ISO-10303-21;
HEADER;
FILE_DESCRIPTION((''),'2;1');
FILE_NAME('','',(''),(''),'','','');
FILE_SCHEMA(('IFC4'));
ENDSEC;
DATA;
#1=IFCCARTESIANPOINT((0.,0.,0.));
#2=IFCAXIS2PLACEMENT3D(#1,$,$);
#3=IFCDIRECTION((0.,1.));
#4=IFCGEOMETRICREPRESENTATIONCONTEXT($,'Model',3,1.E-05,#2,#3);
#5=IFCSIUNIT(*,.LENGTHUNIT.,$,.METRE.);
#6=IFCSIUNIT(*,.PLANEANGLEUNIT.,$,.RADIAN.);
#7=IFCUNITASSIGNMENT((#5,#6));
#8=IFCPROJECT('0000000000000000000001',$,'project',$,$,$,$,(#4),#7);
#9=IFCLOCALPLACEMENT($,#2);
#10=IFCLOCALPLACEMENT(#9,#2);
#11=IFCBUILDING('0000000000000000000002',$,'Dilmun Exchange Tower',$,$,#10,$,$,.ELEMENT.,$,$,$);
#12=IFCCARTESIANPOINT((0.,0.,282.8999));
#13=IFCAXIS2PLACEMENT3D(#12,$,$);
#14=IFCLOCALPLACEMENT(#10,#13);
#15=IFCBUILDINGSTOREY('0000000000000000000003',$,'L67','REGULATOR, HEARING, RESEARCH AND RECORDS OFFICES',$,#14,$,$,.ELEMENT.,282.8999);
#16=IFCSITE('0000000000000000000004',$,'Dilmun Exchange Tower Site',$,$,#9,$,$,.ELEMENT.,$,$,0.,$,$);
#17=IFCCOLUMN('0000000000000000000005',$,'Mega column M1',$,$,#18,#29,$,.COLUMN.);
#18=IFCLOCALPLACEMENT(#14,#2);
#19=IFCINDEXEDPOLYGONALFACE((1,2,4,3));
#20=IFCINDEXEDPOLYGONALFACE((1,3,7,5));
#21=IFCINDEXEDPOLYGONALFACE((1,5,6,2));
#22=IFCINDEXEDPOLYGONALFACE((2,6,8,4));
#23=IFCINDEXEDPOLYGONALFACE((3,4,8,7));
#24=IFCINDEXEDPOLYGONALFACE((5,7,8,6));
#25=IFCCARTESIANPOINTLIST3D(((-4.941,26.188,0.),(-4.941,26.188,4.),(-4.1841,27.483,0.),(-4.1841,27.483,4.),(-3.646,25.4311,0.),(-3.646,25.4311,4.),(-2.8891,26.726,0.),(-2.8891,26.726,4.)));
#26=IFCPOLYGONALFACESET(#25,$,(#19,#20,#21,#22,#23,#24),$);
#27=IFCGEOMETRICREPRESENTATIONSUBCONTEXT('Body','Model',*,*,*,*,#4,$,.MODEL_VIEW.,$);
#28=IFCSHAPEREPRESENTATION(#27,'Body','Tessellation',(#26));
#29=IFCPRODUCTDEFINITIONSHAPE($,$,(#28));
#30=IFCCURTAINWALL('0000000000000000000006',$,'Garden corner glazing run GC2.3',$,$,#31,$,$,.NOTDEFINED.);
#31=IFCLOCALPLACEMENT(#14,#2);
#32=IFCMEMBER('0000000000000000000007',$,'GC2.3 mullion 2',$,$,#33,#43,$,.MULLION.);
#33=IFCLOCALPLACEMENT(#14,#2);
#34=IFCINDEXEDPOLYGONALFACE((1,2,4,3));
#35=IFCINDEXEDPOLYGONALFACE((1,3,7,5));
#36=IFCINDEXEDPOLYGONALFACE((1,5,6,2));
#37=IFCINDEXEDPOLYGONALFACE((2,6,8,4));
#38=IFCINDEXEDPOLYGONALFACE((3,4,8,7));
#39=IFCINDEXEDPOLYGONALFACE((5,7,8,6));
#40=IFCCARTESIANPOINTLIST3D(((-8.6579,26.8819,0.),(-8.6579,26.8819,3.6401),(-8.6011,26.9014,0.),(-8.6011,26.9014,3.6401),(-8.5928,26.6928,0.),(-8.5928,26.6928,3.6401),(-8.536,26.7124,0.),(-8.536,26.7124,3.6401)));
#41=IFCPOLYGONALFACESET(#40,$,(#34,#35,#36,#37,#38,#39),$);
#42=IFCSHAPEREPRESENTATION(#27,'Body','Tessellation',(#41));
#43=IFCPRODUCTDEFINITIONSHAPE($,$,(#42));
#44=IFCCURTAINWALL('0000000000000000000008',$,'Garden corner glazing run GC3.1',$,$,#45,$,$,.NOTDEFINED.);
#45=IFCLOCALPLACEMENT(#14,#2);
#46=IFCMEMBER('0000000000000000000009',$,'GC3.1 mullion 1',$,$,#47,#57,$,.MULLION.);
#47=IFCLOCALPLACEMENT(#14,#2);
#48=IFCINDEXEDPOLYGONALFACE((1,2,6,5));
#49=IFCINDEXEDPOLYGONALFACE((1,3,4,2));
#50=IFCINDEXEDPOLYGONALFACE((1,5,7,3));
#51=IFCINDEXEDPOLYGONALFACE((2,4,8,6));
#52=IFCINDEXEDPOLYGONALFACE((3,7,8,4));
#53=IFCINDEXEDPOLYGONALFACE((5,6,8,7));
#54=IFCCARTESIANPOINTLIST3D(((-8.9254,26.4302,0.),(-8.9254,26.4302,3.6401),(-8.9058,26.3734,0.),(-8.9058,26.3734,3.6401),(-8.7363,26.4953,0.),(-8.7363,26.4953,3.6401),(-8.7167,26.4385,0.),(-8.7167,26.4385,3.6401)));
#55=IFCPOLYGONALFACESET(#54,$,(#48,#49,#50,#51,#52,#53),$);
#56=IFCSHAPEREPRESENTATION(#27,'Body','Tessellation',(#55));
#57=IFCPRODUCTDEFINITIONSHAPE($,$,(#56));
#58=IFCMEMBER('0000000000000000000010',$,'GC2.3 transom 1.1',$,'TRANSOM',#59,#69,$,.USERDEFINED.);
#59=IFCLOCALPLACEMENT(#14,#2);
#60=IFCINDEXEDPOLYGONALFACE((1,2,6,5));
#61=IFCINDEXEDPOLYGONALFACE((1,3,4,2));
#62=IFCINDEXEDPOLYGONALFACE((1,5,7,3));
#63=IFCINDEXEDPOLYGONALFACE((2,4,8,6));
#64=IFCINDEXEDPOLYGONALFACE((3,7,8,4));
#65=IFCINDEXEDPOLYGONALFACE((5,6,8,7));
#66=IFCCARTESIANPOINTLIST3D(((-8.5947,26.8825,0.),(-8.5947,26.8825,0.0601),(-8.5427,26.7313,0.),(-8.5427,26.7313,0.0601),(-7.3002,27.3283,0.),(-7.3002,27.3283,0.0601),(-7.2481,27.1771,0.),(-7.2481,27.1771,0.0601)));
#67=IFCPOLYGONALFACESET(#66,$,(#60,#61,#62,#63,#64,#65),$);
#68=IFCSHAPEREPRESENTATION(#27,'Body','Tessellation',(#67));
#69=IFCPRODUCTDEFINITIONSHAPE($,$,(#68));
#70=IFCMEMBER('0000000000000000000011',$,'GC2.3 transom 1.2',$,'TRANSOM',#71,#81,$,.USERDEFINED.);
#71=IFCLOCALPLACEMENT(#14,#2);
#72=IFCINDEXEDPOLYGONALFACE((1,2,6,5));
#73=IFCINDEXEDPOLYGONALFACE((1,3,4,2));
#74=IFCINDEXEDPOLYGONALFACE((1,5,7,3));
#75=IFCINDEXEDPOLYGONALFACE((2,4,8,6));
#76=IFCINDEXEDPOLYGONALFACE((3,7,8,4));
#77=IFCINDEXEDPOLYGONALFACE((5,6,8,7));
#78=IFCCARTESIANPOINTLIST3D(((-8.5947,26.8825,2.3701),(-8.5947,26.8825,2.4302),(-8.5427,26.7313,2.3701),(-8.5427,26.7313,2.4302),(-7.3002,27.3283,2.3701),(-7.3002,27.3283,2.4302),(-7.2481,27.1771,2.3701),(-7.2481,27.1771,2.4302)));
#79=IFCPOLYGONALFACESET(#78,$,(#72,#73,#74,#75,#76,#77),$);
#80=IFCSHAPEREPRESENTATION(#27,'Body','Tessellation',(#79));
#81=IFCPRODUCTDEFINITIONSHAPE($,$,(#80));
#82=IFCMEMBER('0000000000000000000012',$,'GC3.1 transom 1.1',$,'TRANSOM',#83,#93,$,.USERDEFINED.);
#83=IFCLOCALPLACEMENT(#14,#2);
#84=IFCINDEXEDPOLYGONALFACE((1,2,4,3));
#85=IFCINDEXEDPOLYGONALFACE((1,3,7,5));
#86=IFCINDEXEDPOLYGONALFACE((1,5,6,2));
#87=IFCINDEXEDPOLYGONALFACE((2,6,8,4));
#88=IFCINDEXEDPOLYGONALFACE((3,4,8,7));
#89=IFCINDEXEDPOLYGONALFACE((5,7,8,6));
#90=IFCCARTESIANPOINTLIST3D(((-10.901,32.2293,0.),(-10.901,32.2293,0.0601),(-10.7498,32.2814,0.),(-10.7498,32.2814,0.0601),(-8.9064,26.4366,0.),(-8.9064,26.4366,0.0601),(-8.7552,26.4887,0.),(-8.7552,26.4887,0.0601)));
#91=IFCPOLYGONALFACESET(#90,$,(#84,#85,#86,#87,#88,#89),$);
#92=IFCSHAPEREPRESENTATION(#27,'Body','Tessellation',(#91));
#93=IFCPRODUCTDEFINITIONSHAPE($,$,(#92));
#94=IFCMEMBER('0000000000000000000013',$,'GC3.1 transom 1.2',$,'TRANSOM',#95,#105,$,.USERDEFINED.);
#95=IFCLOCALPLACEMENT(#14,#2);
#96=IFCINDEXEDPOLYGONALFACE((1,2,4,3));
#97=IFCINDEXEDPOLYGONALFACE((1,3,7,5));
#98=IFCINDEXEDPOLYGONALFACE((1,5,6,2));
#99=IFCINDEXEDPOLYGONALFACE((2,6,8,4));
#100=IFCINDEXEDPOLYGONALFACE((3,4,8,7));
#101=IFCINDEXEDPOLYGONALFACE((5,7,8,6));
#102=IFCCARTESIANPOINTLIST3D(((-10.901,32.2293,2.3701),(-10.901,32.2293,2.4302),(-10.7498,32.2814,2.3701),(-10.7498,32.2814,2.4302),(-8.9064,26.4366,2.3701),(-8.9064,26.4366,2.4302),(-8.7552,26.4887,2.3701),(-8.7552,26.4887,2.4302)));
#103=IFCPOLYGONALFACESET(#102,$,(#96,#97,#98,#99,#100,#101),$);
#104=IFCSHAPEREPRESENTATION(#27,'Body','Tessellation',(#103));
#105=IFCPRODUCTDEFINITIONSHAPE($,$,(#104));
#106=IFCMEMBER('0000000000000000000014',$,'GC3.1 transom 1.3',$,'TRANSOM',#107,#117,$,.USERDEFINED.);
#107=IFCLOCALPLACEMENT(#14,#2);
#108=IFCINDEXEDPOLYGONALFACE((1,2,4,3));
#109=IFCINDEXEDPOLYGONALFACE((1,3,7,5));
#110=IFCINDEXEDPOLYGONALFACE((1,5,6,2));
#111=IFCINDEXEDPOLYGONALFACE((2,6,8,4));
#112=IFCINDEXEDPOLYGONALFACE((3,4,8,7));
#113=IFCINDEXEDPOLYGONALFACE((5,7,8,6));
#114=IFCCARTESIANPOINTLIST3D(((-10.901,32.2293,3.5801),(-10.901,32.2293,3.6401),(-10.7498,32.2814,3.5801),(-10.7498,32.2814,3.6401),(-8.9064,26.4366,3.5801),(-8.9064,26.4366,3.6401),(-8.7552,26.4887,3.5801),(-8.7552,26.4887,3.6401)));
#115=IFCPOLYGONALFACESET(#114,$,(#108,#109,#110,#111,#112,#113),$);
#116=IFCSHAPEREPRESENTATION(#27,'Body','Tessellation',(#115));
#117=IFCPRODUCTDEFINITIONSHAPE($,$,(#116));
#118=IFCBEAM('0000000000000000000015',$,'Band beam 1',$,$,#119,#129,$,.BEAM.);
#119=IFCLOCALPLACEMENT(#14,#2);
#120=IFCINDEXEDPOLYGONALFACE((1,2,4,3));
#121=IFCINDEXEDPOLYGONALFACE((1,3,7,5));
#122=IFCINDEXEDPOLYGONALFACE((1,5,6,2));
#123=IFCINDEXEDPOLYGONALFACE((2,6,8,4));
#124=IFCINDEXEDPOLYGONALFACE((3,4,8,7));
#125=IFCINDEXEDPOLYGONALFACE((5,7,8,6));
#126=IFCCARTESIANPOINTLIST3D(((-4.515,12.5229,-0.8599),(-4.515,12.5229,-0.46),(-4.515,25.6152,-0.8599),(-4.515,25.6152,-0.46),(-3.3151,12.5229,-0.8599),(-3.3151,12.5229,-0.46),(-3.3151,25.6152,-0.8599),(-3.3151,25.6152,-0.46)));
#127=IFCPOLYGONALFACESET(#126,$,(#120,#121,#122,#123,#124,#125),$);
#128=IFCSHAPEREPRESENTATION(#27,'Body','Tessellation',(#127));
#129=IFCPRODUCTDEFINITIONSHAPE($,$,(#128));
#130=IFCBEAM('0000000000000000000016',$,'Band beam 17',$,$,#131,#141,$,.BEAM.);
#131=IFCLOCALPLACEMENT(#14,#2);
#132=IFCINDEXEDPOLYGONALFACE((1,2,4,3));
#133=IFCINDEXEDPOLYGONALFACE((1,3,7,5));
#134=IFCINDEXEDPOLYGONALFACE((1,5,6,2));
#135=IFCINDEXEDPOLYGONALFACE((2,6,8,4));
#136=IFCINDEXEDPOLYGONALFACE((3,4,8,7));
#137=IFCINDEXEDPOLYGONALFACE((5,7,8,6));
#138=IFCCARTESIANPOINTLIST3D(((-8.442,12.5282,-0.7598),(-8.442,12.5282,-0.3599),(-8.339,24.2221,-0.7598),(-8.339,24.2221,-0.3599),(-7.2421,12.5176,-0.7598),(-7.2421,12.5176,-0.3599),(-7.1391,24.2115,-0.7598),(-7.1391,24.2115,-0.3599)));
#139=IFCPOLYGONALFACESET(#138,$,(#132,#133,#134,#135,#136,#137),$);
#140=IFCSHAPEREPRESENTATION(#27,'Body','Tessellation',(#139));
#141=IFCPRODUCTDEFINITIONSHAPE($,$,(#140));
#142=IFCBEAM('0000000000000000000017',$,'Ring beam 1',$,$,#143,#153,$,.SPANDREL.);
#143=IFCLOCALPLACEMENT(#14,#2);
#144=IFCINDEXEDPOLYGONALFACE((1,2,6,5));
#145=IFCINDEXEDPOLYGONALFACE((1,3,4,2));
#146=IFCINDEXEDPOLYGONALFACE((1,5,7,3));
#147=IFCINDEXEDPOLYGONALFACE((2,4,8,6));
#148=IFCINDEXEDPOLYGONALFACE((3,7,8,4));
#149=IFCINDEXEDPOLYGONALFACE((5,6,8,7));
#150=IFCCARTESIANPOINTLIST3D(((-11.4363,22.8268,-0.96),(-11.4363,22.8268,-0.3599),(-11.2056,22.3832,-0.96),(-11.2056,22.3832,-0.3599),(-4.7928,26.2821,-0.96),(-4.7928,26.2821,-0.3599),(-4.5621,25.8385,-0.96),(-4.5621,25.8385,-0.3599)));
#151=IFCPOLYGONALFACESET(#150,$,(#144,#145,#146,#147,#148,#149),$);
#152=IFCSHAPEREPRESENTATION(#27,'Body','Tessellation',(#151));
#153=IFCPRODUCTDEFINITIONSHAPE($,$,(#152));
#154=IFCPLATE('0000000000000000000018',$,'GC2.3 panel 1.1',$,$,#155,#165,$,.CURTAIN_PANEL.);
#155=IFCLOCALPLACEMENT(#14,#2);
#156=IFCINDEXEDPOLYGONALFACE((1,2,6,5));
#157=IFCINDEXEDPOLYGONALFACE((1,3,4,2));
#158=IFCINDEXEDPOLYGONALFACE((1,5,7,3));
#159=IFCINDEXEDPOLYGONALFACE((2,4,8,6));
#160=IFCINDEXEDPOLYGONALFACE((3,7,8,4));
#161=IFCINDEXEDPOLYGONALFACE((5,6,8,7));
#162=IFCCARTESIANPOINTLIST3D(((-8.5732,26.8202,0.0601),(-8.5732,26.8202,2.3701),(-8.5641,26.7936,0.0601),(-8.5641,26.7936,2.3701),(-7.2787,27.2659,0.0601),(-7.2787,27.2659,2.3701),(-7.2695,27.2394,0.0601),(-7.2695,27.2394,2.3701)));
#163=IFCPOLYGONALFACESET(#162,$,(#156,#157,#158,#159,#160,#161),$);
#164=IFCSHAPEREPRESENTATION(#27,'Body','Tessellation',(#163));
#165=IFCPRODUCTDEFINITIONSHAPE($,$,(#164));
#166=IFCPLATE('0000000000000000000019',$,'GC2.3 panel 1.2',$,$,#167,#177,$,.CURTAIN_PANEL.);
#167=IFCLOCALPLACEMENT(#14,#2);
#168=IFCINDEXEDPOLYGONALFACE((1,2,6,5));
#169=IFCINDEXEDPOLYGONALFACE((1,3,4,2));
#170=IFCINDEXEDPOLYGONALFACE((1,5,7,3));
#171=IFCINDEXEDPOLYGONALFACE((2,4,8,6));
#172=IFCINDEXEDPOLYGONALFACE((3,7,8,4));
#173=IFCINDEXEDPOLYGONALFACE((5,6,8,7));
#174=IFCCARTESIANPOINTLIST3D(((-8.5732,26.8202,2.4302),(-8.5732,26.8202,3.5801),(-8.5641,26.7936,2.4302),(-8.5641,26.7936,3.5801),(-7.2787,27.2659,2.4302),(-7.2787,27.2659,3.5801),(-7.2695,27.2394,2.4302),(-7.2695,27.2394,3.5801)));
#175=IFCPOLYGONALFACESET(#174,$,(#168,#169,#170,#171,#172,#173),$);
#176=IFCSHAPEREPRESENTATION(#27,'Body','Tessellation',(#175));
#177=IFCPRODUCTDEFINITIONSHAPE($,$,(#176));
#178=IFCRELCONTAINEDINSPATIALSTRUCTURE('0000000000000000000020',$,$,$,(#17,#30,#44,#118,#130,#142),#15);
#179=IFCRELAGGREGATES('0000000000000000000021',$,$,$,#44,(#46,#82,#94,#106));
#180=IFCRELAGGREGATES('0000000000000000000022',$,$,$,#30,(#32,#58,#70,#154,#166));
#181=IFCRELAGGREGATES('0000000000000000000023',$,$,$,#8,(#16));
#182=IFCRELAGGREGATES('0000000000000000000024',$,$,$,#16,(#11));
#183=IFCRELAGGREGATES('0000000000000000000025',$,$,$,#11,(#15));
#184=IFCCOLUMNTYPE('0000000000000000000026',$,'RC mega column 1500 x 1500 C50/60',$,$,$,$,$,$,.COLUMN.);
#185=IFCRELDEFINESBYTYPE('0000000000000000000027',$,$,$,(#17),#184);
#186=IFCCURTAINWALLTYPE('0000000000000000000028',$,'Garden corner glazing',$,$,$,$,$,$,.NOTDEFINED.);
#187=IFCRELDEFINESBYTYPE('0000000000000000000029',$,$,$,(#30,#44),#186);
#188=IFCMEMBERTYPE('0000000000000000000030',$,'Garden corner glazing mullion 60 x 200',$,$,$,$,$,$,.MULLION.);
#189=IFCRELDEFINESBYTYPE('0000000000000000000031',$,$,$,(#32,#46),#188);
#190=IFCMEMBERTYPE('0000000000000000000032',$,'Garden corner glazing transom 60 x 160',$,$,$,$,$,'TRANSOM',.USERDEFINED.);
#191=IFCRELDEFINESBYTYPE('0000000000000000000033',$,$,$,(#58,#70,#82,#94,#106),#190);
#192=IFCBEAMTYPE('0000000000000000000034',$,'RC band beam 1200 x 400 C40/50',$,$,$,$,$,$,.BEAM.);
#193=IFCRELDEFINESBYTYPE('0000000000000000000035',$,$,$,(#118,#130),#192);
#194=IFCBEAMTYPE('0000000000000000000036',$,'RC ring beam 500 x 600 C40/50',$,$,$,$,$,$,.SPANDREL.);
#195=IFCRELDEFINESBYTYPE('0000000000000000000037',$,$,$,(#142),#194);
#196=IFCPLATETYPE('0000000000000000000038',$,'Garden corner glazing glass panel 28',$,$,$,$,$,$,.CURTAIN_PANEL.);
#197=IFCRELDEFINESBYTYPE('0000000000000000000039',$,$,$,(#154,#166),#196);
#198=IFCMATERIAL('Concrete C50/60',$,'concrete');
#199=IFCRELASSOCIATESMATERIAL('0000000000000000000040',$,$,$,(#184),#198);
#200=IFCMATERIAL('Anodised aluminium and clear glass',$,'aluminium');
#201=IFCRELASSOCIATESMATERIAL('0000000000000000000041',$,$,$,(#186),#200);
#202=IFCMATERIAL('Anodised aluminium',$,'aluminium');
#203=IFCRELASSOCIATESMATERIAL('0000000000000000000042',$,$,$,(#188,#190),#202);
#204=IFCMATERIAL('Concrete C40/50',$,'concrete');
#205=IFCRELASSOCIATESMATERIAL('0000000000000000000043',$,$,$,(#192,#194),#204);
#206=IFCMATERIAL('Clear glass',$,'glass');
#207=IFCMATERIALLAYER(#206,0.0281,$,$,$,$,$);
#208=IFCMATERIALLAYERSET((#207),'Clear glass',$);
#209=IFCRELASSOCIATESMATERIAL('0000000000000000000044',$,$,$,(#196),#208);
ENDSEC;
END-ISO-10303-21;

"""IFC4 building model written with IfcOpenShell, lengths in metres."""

from ifc_helpers import new_model, si_unit, direction, frame, origin, origin_2d, place, context, subcontext, project, spatial, rectangle, extrude, material, layer, layer_set, material_profile, profile_set, type_object, element, aggregate, save


model = new_model("IFC4")

# Units and contexts
model_context = context("Model", 3, precision=1e-05, world=origin(), true_north=direction((0.0, 1.0)))
body_context = subcontext(model_context, "Body", "Model", "MODEL_VIEW")
ifc_project = project(units=[si_unit("LENGTHUNIT", "METRE"), si_unit("PLANEANGLEUNIT", "RADIAN")], contexts=[model_context])

# Site, building, storey
site_placement = place(None, origin())
site = spatial("IfcSite", under=ifc_project, at=site_placement, Name="Dilmun Exchange Tower Site", CompositionType="ELEMENT", RefElevation=0.0)
building_placement = place(site_placement, origin())
building = spatial("IfcBuilding", under=site, at=building_placement, Name="Dilmun Exchange Tower", CompositionType="ELEMENT")
storey_placement = place(building_placement, frame((0.0, 0.0, 282.8999)))
storey = spatial("IfcBuildingStorey", under=building, at=storey_placement, Name="L67", Description="REGULATOR, HEARING, RESEARCH AND RECORDS OFFICES", CompositionType="ELEMENT", Elevation=282.8999)

# Column
ifc_material_1 = material(Name="Concrete C50/60", Category="concrete")
ifc_material_profile_1 = material_profile(ifc_material_1, rectangle(XDim=1.5, YDim=1.5, at=origin_2d()), Name="1500 x 1500")
ifc_profile_set_1 = profile_set([ifc_material_profile_1], Name="Concrete C50/60")
column_type = type_object("IfcColumnType", Name="RC mega column 1500 x 1500 C50/60", PredefinedType="COLUMN", material=ifc_profile_set_1)
column_placement = place(storey_placement, frame((-3.915, 26.457, 0.0), z_axis=(0.0, 0.0, 1.0), x_axis=(0.504644, 0.863328, 0.0)))
element("IfcColumn", 1, at=column_placement, inside=storey, type_object=column_type, Name="Mega column M1", PredefinedType="COLUMN", context=body_context, shape_type="SweptSolid", body=[
    extrude(rectangle(XDim=1.5, YDim=1.5, at=origin_2d()), origin(), (0.0, 0.0, 1.0), 4.0),
])

# Curtain walls, members
ifc_material_2 = material(Name="Anodised aluminium and clear glass", Category="aluminium")
curtain_wall_type = type_object("IfcCurtainWallType", Name="Garden corner glazing", PredefinedType="NOTDEFINED", material=ifc_material_2)
curtain_wall_1_placement = place(storey_placement, origin())
curtain_wall_1 = element("IfcCurtainWall", 2, at=curtain_wall_1_placement, inside=storey, type_object=curtain_wall_type, Name="Garden corner glazing run GC2.3", PredefinedType="NOTDEFINED")
ifc_material_3 = material(Name="Anodised aluminium", Category="aluminium")
ifc_material_profile_2 = material_profile(ifc_material_3, rectangle(XDim=0.2, YDim=0.0601, at=origin_2d()), Name="AL 60x200")
ifc_profile_set_2 = profile_set([ifc_material_profile_2], Name="Anodised aluminium")
member_type_1 = type_object("IfcMemberType", Name="Garden corner glazing mullion 60 x 200", PredefinedType="MULLION", material=ifc_profile_set_2)
member_1_placement = place(storey_placement, frame((-8.5969, 26.7971, 0.0), z_axis=(0.0, 0.0, 1.0), x_axis=(0.32556, -0.945521, 0.0)))
member_1 = element("IfcMember", 3, at=member_1_placement, type_object=member_type_1, Name="GC2.3 mullion 2", PredefinedType="MULLION", context=body_context, shape_type="SweptSolid", body=[
    extrude(rectangle(XDim=0.2, YDim=0.0601, at=origin_2d()), origin(), (0.0, 0.0, 1.0), 3.6401),
])
curtain_wall_2_placement = place(storey_placement, origin())
curtain_wall_2 = element("IfcCurtainWall", 4, at=curtain_wall_2_placement, inside=storey, type_object=curtain_wall_type, Name="Garden corner glazing run GC3.1", PredefinedType="NOTDEFINED")
member_2_placement = place(storey_placement, frame((-8.821, 26.4343, 0.0), z_axis=(0.0, 0.0, 1.0), x_axis=(-0.945517, -0.325573, 0.0)))
member_2 = element("IfcMember", 5, at=member_2_placement, type_object=member_type_1, Name="GC3.1 mullion 1", PredefinedType="MULLION", context=body_context, shape_type="SweptSolid", body=[
    extrude(rectangle(XDim=0.2, YDim=0.0601, at=origin_2d()), origin(), (0.0, 0.0, 1.0), 3.6401),
])

# Members
ifc_material_profile_3 = material_profile(ifc_material_3, rectangle(XDim=0.1599, YDim=0.0601, at=origin_2d()), Name="AL 60x160")
ifc_profile_set_3 = profile_set([ifc_material_profile_3], Name="Anodised aluminium")
member_type_2 = type_object("IfcMemberType", Name="Garden corner glazing transom 60 x 160", ElementType="TRANSOM", PredefinedType="USERDEFINED", material=ifc_profile_set_3)
member_3_placement = place(storey_placement, frame((-7.2742, 27.2527, 0.03), z_axis=(-0.945498, -0.325628, 0.0), x_axis=(0.325628, -0.945498, 0.0)))
member_3 = element("IfcMember", 6, at=member_3_placement, type_object=member_type_2, Name="GC2.3 transom 1.1", ObjectType="TRANSOM", PredefinedType="USERDEFINED", context=body_context, shape_type="SweptSolid", body=[
    extrude(rectangle(XDim=0.1599, YDim=0.0601, at=origin_2d()), origin(), (0.0, 0.0, 1.0), 1.3691),
])
member_4_placement = place(storey_placement, frame((-7.2742, 27.2527, 2.4001), z_axis=(-0.945498, -0.325628, 0.0), x_axis=(0.325628, -0.945498, 0.0)))
member_4 = element("IfcMember", 7, at=member_4_placement, type_object=member_type_2, Name="GC2.3 transom 1.2", ObjectType="TRANSOM", PredefinedType="USERDEFINED", context=body_context, shape_type="SweptSolid", body=[
    extrude(rectangle(XDim=0.1599, YDim=0.0601, at=origin_2d()), origin(), (0.0, 0.0, 1.0), 1.3691),
])
member_5_placement = place(storey_placement, frame((-8.8308, 26.4626, 0.03), z_axis=(-0.325573, 0.945517, 0.0), x_axis=(-0.945517, -0.325573, 0.0)))
member_5 = element("IfcMember", 8, at=member_5_placement, type_object=member_type_2, Name="GC3.1 transom 1.1", ObjectType="TRANSOM", PredefinedType="USERDEFINED", context=body_context, shape_type="SweptSolid", body=[
    extrude(rectangle(XDim=0.1599, YDim=0.0601, at=origin_2d()), origin(), (0.0, 0.0, 1.0), 6.1265),
])
member_6_placement = place(storey_placement, frame((-8.8308, 26.4626, 2.4001), z_axis=(-0.325573, 0.945517, 0.0), x_axis=(-0.945517, -0.325573, 0.0)))
member_6 = element("IfcMember", 9, at=member_6_placement, type_object=member_type_2, Name="GC3.1 transom 1.2", ObjectType="TRANSOM", PredefinedType="USERDEFINED", context=body_context, shape_type="SweptSolid", body=[
    extrude(rectangle(XDim=0.1599, YDim=0.0601, at=origin_2d()), origin(), (0.0, 0.0, 1.0), 6.1265),
])
member_7_placement = place(storey_placement, frame((-8.8308, 26.4626, 3.6101), z_axis=(-0.325573, 0.945517, 0.0), x_axis=(-0.945517, -0.325573, 0.0)))
member_7 = element("IfcMember", 10, at=member_7_placement, type_object=member_type_2, Name="GC3.1 transom 1.3", ObjectType="TRANSOM", PredefinedType="USERDEFINED", context=body_context, shape_type="SweptSolid", body=[
    extrude(rectangle(XDim=0.1599, YDim=0.0601, at=origin_2d()), origin(), (0.0, 0.0, 1.0), 6.1265),
])
aggregate(curtain_wall_2, [member_2, member_5, member_6, member_7])

# Beams
ifc_material_4 = material(Name="Concrete C40/50", Category="concrete")
ifc_material_profile_4 = material_profile(ifc_material_4, rectangle(XDim=1.2, YDim=0.3999, at=origin_2d()), Name="1200 x 400")
ifc_profile_set_4 = profile_set([ifc_material_profile_4], Name="Concrete C40/50")
beam_type_1 = type_object("IfcBeamType", Name="RC band beam 1200 x 400 C40/50", PredefinedType="BEAM", material=ifc_profile_set_4)
beam_1_placement = place(storey_placement, frame((-3.915, 25.6152, -0.6599), z_axis=(0.0, -1.0, 0.0), x_axis=(1.0, 0.0, 0.0)))
element("IfcBeam", 11, at=beam_1_placement, inside=storey, type_object=beam_type_1, Name="Band beam 1", PredefinedType="BEAM", context=body_context, shape_type="SweptSolid", body=[
    extrude(rectangle(XDim=1.2, YDim=0.3999, at=origin_2d()), origin(), (0.0, 0.0, 1.0), 13.0923),
])
beam_2_placement = place(storey_placement, frame((-7.739, 24.2168, -0.5598), z_axis=(-0.00881, -0.999961, 0.0), x_axis=(0.999961, -0.00881, 0.0)))
element("IfcBeam", 12, at=beam_2_placement, inside=storey, type_object=beam_type_1, Name="Band beam 17", PredefinedType="BEAM", context=body_context, shape_type="SweptSolid", body=[
    extrude(rectangle(XDim=1.2, YDim=0.3999, at=origin_2d()), origin(), (0.0, 0.0, 1.0), 11.6943),
])
ifc_material_profile_5 = material_profile(ifc_material_4, rectangle(XDim=0.5, YDim=0.6001, at=origin_2d()), Name="500 x 600")
ifc_profile_set_5 = profile_set([ifc_material_profile_5], Name="Concrete C40/50")
beam_type_2 = type_object("IfcBeamType", Name="RC ring beam 500 x 600 C40/50", PredefinedType="SPANDREL", material=ifc_profile_set_5)
beam_3_placement = place(storey_placement, frame((-4.6775, 26.0603, -0.6599), z_axis=(-0.88718, -0.461424, 0.0), x_axis=(0.461424, -0.88718, 0.0)))
element("IfcBeam", 13, at=beam_3_placement, inside=storey, type_object=beam_type_2, Name="Ring beam 1", PredefinedType="SPANDREL", context=body_context, shape_type="SweptSolid", body=[
    extrude(rectangle(XDim=0.5, YDim=0.6001, at=origin_2d()), origin(), (0.0, 0.0, 1.0), 7.4883),
])

# Plates
ifc_material_5 = material(Name="Clear glass", Category="glass")
ifc_layer_1 = layer(ifc_material_5, 0.0281)
ifc_layer_set_1 = layer_set([ifc_layer_1], Name="Clear glass")
plate_type = type_object("IfcPlateType", Name="Garden corner glazing glass panel 28", PredefinedType="CURTAIN_PANEL", material=ifc_layer_set_1)
plate_1_placement = place(storey_placement, frame((-7.9214, 27.0298, 0.0601), z_axis=(0.0, 0.0, 1.0), x_axis=(-0.945521, -0.32556, 0.0)))
plate_1 = element("IfcPlate", 14, at=plate_1_placement, type_object=plate_type, Name="GC2.3 panel 1.1", PredefinedType="CURTAIN_PANEL", context=body_context, shape_type="SweptSolid", body=[
    extrude(rectangle(XDim=1.3691, YDim=0.0281, at=origin_2d()), origin(), (0.0, 0.0, 1.0), 2.3101),
])
plate_2_placement = place(storey_placement, frame((-7.9214, 27.0298, 2.4302), z_axis=(0.0, 0.0, 1.0), x_axis=(-0.945521, -0.32556, 0.0)))
plate_2 = element("IfcPlate", 15, at=plate_2_placement, type_object=plate_type, Name="GC2.3 panel 1.2", PredefinedType="CURTAIN_PANEL", context=body_context, shape_type="SweptSolid", body=[
    extrude(rectangle(XDim=1.3691, YDim=0.0281, at=origin_2d()), origin(), (0.0, 0.0, 1.0), 1.1499),
])
aggregate(curtain_wall_1, [member_1, member_3, member_4, plate_1, plate_2])

save(model, "model.ifc")
